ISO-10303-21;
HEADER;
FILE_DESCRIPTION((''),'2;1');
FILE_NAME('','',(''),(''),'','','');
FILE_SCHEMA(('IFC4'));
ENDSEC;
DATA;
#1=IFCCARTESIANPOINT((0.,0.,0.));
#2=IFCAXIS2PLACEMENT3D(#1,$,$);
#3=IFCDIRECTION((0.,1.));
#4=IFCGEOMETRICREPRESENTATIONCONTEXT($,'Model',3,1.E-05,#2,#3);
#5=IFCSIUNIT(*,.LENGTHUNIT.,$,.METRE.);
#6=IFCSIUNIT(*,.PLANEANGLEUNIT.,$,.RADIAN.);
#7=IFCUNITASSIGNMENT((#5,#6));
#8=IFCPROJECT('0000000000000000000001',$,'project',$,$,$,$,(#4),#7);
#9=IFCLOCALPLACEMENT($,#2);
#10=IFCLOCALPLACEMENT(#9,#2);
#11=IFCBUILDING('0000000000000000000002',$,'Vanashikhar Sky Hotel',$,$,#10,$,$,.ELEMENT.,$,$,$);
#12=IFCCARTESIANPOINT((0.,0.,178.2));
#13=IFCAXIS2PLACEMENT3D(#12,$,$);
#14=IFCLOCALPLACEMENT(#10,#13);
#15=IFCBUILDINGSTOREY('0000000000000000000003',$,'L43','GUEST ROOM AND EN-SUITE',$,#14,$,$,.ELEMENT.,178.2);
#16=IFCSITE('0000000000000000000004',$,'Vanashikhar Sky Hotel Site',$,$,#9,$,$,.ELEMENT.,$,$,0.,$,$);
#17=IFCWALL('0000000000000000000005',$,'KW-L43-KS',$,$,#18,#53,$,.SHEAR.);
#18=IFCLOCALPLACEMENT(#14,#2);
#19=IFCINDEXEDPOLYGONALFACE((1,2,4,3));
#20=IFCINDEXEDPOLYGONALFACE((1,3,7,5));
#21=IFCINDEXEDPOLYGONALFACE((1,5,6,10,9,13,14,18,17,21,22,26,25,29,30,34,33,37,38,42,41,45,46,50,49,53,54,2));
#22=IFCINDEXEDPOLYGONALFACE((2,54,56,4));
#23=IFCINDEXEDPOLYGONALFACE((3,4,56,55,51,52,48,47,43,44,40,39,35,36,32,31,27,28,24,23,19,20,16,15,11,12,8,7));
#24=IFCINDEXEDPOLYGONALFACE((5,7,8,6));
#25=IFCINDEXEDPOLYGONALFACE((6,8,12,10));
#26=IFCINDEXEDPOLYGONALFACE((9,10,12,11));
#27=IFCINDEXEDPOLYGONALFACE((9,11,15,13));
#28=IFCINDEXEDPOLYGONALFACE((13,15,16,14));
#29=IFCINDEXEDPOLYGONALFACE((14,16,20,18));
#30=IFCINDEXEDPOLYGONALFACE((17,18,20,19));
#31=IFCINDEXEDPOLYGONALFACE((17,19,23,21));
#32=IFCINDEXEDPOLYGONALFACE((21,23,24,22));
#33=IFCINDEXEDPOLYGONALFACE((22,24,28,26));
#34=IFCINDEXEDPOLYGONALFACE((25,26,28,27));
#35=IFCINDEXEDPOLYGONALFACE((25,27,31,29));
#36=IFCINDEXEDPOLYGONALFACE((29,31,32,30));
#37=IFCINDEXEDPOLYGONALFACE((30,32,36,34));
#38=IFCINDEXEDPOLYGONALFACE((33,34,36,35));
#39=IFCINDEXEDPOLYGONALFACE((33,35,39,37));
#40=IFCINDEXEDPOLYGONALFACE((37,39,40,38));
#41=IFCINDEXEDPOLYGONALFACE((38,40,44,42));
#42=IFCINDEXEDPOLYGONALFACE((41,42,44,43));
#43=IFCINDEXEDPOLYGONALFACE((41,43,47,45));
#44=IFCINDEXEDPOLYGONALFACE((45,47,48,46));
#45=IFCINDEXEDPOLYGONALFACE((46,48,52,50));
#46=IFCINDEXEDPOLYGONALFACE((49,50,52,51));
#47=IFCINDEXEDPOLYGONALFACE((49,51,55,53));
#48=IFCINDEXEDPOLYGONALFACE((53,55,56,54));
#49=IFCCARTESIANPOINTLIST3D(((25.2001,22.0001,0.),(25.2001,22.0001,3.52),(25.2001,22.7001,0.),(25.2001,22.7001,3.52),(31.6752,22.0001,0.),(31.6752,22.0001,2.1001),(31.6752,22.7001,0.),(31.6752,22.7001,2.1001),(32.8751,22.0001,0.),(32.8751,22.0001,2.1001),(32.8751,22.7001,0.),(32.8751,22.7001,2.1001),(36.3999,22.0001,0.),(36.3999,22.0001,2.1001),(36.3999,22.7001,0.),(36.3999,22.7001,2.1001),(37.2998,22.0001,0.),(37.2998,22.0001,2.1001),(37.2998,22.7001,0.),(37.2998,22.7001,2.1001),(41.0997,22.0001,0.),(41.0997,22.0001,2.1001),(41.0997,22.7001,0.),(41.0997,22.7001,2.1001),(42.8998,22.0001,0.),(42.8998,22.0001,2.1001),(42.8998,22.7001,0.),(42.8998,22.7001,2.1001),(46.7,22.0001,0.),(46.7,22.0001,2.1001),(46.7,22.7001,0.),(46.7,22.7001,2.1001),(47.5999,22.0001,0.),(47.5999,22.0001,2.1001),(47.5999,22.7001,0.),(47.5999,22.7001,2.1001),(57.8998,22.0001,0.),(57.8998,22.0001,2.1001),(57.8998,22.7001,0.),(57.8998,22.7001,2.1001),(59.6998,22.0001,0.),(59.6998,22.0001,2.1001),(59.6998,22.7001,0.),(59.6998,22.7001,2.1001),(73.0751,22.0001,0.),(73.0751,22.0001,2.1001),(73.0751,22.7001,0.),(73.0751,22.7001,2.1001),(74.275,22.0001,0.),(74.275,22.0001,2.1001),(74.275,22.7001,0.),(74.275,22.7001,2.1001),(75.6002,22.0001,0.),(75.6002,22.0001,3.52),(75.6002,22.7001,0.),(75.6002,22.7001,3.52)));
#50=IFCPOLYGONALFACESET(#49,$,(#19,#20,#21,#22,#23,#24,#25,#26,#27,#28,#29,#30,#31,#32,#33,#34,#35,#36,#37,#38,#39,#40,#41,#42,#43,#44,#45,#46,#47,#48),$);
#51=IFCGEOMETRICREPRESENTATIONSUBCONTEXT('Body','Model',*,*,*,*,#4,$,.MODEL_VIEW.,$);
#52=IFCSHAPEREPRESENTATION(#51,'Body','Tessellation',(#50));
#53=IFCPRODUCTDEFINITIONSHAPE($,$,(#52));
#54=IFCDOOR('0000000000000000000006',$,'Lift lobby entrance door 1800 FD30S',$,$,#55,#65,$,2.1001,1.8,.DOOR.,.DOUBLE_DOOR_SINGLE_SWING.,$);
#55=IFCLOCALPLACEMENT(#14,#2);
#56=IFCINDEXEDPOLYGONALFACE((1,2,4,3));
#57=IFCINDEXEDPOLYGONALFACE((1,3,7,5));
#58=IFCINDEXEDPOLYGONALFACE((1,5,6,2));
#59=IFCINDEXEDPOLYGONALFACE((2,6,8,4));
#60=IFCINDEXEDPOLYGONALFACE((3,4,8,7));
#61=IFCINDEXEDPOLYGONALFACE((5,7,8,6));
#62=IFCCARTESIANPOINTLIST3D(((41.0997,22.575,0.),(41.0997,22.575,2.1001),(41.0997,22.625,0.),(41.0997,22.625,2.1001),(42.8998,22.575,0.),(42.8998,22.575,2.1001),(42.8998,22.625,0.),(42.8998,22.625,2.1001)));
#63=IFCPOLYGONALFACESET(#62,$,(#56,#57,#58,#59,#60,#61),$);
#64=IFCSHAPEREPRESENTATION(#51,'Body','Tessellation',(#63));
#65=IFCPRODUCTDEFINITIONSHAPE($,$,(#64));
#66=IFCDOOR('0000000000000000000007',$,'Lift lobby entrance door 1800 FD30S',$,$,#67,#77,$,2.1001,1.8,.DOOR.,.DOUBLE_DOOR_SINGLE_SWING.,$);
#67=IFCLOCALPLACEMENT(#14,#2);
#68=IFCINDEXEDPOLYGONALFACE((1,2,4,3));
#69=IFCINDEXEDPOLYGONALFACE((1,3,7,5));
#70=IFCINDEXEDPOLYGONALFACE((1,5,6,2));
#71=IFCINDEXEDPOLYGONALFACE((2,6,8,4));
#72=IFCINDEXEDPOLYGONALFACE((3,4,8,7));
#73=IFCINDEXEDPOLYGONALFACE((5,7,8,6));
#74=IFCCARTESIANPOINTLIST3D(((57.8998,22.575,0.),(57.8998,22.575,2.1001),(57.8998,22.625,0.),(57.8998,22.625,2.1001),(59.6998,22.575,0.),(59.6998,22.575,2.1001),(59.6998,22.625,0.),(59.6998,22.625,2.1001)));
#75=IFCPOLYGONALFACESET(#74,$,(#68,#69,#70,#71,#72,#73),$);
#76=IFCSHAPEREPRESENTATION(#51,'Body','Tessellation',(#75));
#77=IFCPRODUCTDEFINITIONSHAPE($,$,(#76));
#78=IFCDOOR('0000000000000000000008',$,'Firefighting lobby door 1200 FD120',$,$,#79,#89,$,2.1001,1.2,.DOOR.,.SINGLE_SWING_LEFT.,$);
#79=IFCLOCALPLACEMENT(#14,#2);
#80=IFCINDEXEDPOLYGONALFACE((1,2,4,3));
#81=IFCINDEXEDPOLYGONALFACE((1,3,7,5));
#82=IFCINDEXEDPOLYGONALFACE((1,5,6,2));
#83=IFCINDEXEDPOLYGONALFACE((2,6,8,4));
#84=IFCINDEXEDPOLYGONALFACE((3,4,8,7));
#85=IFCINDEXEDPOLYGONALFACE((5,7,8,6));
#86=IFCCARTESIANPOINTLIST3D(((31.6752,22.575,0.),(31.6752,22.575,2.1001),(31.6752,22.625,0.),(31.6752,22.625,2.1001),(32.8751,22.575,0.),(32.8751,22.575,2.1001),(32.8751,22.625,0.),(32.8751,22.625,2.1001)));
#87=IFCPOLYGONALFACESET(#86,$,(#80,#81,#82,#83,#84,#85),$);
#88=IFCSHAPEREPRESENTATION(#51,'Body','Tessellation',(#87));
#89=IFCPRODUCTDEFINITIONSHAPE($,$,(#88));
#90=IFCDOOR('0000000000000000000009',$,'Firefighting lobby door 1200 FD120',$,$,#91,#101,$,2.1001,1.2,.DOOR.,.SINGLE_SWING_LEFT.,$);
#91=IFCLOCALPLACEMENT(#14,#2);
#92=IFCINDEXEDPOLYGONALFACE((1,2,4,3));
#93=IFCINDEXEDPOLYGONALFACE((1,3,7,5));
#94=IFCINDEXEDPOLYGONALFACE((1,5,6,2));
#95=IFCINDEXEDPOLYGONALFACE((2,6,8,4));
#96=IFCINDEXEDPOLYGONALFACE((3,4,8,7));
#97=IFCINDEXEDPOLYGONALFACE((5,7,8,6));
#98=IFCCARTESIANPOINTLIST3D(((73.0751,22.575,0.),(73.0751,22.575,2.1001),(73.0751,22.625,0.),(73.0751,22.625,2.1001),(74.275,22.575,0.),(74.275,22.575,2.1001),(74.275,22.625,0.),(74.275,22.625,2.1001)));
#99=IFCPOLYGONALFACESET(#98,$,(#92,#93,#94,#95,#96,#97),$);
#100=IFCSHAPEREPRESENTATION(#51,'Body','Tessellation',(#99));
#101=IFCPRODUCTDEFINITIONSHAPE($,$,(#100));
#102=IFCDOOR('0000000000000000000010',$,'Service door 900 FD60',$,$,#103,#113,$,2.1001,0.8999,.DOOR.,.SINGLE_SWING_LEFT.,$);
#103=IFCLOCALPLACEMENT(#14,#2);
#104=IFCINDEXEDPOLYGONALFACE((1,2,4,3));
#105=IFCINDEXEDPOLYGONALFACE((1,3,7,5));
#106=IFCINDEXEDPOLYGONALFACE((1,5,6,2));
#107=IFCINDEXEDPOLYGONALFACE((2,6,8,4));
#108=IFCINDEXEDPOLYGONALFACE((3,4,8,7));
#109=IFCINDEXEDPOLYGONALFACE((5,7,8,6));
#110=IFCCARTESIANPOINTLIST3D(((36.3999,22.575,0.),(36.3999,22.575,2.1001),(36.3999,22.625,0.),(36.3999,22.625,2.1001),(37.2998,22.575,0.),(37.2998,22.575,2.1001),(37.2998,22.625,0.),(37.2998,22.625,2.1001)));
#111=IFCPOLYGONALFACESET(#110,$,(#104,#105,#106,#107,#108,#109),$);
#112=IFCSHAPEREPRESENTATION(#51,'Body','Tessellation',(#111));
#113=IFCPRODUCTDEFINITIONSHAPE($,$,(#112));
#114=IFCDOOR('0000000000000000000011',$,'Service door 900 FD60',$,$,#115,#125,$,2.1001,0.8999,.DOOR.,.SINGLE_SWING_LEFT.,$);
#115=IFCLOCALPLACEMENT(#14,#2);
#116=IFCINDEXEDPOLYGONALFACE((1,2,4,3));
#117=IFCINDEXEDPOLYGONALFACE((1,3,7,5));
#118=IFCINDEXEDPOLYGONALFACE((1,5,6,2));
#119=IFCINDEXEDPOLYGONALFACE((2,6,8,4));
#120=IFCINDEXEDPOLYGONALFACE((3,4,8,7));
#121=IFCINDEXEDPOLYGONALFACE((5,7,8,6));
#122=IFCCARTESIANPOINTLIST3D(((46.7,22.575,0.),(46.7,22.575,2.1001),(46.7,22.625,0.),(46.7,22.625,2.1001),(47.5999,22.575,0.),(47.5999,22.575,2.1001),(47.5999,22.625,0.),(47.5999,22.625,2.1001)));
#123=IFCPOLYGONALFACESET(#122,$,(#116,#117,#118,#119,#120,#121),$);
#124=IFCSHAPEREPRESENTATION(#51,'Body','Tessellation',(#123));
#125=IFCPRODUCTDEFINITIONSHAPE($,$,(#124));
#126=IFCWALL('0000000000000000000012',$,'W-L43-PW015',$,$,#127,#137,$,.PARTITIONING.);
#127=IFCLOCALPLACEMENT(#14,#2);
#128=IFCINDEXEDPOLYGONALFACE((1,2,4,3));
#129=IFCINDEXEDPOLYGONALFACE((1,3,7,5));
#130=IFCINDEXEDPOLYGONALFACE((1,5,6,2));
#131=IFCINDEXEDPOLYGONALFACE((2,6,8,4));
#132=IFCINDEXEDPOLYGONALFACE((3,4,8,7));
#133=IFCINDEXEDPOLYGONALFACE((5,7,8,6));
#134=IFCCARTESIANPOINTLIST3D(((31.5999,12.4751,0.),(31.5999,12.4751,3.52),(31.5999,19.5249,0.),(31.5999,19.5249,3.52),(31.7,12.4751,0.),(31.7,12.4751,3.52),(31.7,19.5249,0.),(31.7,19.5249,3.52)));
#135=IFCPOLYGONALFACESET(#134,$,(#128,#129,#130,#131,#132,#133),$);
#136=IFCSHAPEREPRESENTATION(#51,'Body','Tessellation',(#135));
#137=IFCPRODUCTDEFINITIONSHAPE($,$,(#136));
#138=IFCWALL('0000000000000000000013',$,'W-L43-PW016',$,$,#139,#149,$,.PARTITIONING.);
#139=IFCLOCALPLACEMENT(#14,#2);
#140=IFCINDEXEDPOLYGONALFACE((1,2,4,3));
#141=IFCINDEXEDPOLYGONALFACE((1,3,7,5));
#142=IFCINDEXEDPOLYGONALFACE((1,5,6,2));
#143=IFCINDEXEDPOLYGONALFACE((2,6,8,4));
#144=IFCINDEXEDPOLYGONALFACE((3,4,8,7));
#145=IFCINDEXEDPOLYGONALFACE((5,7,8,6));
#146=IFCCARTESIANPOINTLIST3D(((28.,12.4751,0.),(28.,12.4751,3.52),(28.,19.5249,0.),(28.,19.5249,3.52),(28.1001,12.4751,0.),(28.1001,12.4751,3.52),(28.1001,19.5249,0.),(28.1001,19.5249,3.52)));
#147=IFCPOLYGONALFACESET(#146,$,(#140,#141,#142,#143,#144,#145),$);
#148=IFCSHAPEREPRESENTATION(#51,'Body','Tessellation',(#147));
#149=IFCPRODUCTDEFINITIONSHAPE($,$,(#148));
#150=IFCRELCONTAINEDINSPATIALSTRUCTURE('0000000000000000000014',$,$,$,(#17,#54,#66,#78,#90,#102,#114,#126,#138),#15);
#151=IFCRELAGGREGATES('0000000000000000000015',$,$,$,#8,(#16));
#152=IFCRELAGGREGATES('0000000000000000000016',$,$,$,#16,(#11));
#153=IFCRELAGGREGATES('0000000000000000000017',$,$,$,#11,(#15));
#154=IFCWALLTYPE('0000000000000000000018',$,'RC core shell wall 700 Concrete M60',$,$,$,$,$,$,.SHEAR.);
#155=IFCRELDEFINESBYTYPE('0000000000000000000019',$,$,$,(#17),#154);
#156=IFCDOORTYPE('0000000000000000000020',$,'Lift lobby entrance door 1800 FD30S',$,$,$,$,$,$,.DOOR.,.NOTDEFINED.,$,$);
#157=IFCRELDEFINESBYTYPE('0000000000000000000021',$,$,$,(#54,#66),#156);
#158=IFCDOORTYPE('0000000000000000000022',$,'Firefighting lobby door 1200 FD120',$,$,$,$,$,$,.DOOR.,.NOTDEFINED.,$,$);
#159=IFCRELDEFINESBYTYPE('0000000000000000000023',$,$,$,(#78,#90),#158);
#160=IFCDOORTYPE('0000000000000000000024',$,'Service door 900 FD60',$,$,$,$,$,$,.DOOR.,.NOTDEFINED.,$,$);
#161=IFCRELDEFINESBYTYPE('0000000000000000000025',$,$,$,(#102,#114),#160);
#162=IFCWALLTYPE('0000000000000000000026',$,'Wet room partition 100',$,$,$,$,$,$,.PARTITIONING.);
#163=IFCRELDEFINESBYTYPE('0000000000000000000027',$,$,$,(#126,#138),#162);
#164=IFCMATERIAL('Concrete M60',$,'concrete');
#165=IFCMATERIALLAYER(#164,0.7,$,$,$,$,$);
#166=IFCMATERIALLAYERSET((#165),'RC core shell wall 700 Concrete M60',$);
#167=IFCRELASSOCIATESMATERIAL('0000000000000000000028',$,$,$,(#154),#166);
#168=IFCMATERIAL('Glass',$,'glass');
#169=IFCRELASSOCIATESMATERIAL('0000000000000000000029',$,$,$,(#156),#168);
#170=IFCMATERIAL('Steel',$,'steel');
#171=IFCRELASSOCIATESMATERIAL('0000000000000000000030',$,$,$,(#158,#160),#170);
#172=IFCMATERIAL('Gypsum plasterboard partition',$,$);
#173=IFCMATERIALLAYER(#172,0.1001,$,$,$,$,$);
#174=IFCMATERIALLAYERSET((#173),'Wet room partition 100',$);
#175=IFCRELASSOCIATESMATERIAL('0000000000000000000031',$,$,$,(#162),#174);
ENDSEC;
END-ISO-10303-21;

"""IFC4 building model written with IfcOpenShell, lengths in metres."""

from ifc_helpers import new_model, si_unit, direction, frame, frame_2d, origin, place, context, subcontext, project, spatial, rectangle, extrude, source, transform, mapped, material, layer, layer_set, type_object, element, fill, save


model = new_model("IFC4")

# Units and contexts
model_context = context("Model", 3, precision=1e-05, world=origin(), true_north=direction((0.0, 1.0)))
body_context = subcontext(model_context, "Body", "Model", "MODEL_VIEW")
ifc_project = project(units=[si_unit("LENGTHUNIT", "METRE"), si_unit("PLANEANGLEUNIT", "RADIAN")], contexts=[model_context])

# Site, building, storey
site_placement = place(None, origin())
site = spatial("IfcSite", under=ifc_project, at=site_placement, Name="Vanashikhar Sky Hotel Site", CompositionType="ELEMENT", RefElevation=0.0)
building_placement = place(site_placement, origin())
building = spatial("IfcBuilding", under=site, at=building_placement, Name="Vanashikhar Sky Hotel", CompositionType="ELEMENT")
storey_placement = place(building_placement, frame((0.0, 0.0, 178.2)))
storey = spatial("IfcBuildingStorey", under=building, at=storey_placement, Name="L43", Description="GUEST ROOM AND EN-SUITE", CompositionType="ELEMENT", Elevation=178.2)

# Wall, openings, doors
ifc_material_1 = material(Name="Concrete M60", Category="concrete")
ifc_layer_1 = layer(ifc_material_1, 0.7)
ifc_layer_set_1 = layer_set([ifc_layer_1], Name="RC core shell wall 700 Concrete M60")
wall_type_1 = type_object("IfcWallType", Name="RC core shell wall 700 Concrete M60", PredefinedType="SHEAR", material=ifc_layer_set_1)
shared_shape_1 = source(origin(), body_context, "Body", "SweptSolid", [
    extrude(rectangle(XDim=50.4001, YDim=0.7, at=frame_2d((25.2002, 0.0))), origin(), (0.0, 0.0, 1.0), 3.52),
])
wall_1_placement = place(storey_placement, frame((25.2, 22.3501, 0.0), z_axis=(0.0, 0.0, 1.0), x_axis=(1.0, 0.0, 0.0)))
wall_1 = element("IfcWall", 1, at=wall_1_placement, inside=storey, type_object=wall_type_1, Name="KW-L43-KS", PredefinedType="SHEAR", context=body_context, shape_type="MappedRepresentation", body=[
    mapped(shared_shape_1, transform((0.0, 0.0, 0.0), scale=1.0)),
])
shared_shape_2 = source(origin(), body_context, "Body", "SweptSolid", [
    extrude(rectangle(XDim=1.8, YDim=2.1001, at=frame_2d((0.8999, 1.05))), frame((0.0, 0.3599, 0.0), z_axis=(0.0, -1.0, 0.0), x_axis=(1.0, 0.0, 0.0)), (0.0, 0.0, 1.0), 0.72),
])
opening_1_placement = place(wall_1_placement, frame((15.8999, 0.0, 0.0)))
opening_1 = element("IfcOpeningElement", 2, at=opening_1_placement, cuts=wall_1, PredefinedType="OPENING", context=body_context, shape_type="MappedRepresentation", body=[
    mapped(shared_shape_2, transform((0.0, 0.0, 0.0), scale=1.0)),
])
shared_shape_3 = source(origin(), body_context, "Body", "SweptSolid", [
    extrude(rectangle(XDim=0.8999, YDim=2.1001, at=frame_2d((0.45, 1.05))), frame((0.0, 0.3599, 0.0), z_axis=(0.0, -1.0, 0.0), x_axis=(1.0, 0.0, 0.0)), (0.0, 0.0, 1.0), 0.72),
])
opening_2_placement = place(wall_1_placement, frame((11.2, 0.0, 0.0)))
opening_2 = element("IfcOpeningElement", 3, at=opening_2_placement, cuts=wall_1, PredefinedType="OPENING", context=body_context, shape_type="MappedRepresentation", body=[
    mapped(shared_shape_3, transform((0.0, 0.0, 0.0), scale=1.0)),
])
opening_3_placement = place(wall_1_placement, frame((21.5, 0.0, 0.0)))
opening_3 = element("IfcOpeningElement", 4, at=opening_3_placement, cuts=wall_1, PredefinedType="OPENING", context=body_context, shape_type="MappedRepresentation", body=[
    mapped(shared_shape_3, transform((0.0, 0.0, 0.0), scale=1.0)),
])
opening_4_placement = place(wall_1_placement, frame((32.7, 0.0, 0.0)))
opening_4 = element("IfcOpeningElement", 5, at=opening_4_placement, cuts=wall_1, PredefinedType="OPENING", context=body_context, shape_type="MappedRepresentation", body=[
    mapped(shared_shape_2, transform((0.0, 0.0, 0.0), scale=1.0)),
])
shared_shape_4 = source(origin(), body_context, "Body", "SweptSolid", [
    extrude(rectangle(XDim=1.2, YDim=2.1001, at=frame_2d((0.6001, 1.05))), frame((0.0, 0.3599, 0.0), z_axis=(0.0, -1.0, 0.0), x_axis=(1.0, 0.0, 0.0)), (0.0, 0.0, 1.0), 0.72),
])
opening_5_placement = place(wall_1_placement, frame((6.4751, 0.0, 0.0)))
opening_5 = element("IfcOpeningElement", 6, at=opening_5_placement, cuts=wall_1, PredefinedType="OPENING", context=body_context, shape_type="MappedRepresentation", body=[
    mapped(shared_shape_4, transform((0.0, 0.0, 0.0), scale=1.0)),
])
opening_6_placement = place(wall_1_placement, frame((47.875, 0.0, 0.0)))
opening_6 = element("IfcOpeningElement", 7, at=opening_6_placement, cuts=wall_1, PredefinedType="OPENING", context=body_context, shape_type="MappedRepresentation", body=[
    mapped(shared_shape_4, transform((0.0, 0.0, 0.0), scale=1.0)),
])
ifc_material_2 = material(Name="Glass", Category="glass")
door_type_1 = type_object("IfcDoorType", Name="Lift lobby entrance door 1800 FD30S", OperationType="NOTDEFINED", PredefinedType="DOOR", material=ifc_material_2)
shared_shape_5 = source(origin(), body_context, "Body", "SweptSolid", [
    extrude(rectangle(XDim=1.8, YDim=2.1001, at=frame_2d((0.8999, 1.05))), frame((0.0, 0.2749, 0.0), z_axis=(0.0, -1.0, 0.0), x_axis=(1.0, 0.0, 0.0)), (0.0, 0.0, 1.0), 0.05),
])
door_1_placement = place(opening_1_placement, origin())
door_1 = element("IfcDoor", 8, at=door_1_placement, inside=storey, type_object=door_type_1, Name="Lift lobby entrance door 1800 FD30S", OperationType="DOUBLE_DOOR_SINGLE_SWING", OverallHeight=2.1001, OverallWidth=1.8, PredefinedType="DOOR", context=body_context, shape_type="MappedRepresentation", body=[
    mapped(shared_shape_5, transform((0.0, 0.0, 0.0), scale=1.0)),
])
fill(opening_1, door_1)
door_2_placement = place(opening_4_placement, origin())
door_2 = element("IfcDoor", 9, at=door_2_placement, inside=storey, type_object=door_type_1, Name="Lift lobby entrance door 1800 FD30S", OperationType="DOUBLE_DOOR_SINGLE_SWING", OverallHeight=2.1001, OverallWidth=1.8, PredefinedType="DOOR", context=body_context, shape_type="MappedRepresentation", body=[
    mapped(shared_shape_5, transform((0.0, 0.0, 0.0), scale=1.0)),
])
fill(opening_4, door_2)
ifc_material_3 = material(Name="Steel", Category="steel")
door_type_2 = type_object("IfcDoorType", Name="Firefighting lobby door 1200 FD120", OperationType="NOTDEFINED", PredefinedType="DOOR", material=ifc_material_3)
shared_shape_6 = source(origin(), body_context, "Body", "SweptSolid", [
    extrude(rectangle(XDim=1.2, YDim=2.1001, at=frame_2d((0.6001, 1.05))), frame((0.0, 0.2749, 0.0), z_axis=(0.0, -1.0, 0.0), x_axis=(1.0, 0.0, 0.0)), (0.0, 0.0, 1.0), 0.05),
])
door_3_placement = place(opening_5_placement, origin())
door_3 = element("IfcDoor", 10, at=door_3_placement, inside=storey, type_object=door_type_2, Name="Firefighting lobby door 1200 FD120", OperationType="SINGLE_SWING_LEFT", OverallHeight=2.1001, OverallWidth=1.2, PredefinedType="DOOR", context=body_context, shape_type="MappedRepresentation", body=[
    mapped(shared_shape_6, transform((0.0, 0.0, 0.0), scale=1.0)),
])
fill(opening_5, door_3)
door_4_placement = place(opening_6_placement, origin())
door_4 = element("IfcDoor", 11, at=door_4_placement, inside=storey, type_object=door_type_2, Name="Firefighting lobby door 1200 FD120", OperationType="SINGLE_SWING_LEFT", OverallHeight=2.1001, OverallWidth=1.2, PredefinedType="DOOR", context=body_context, shape_type="MappedRepresentation", body=[
    mapped(shared_shape_6, transform((0.0, 0.0, 0.0), scale=1.0)),
])
fill(opening_6, door_4)
door_type_3 = type_object("IfcDoorType", Name="Service door 900 FD60", OperationType="NOTDEFINED", PredefinedType="DOOR", material=ifc_material_3)
shared_shape_7 = source(origin(), body_context, "Body", "SweptSolid", [
    extrude(rectangle(XDim=0.8999, YDim=2.1001, at=frame_2d((0.45, 1.05))), frame((0.0, 0.2749, 0.0), z_axis=(0.0, -1.0, 0.0), x_axis=(1.0, 0.0, 0.0)), (0.0, 0.0, 1.0), 0.05),
])
door_5_placement = place(opening_2_placement, origin())
door_5 = element("IfcDoor", 12, at=door_5_placement, inside=storey, type_object=door_type_3, Name="Service door 900 FD60", OperationType="SINGLE_SWING_LEFT", OverallHeight=2.1001, OverallWidth=0.8999, PredefinedType="DOOR", context=body_context, shape_type="MappedRepresentation", body=[
    mapped(shared_shape_7, transform((0.0, 0.0, 0.0), scale=1.0)),
])
fill(opening_2, door_5)
door_6_placement = place(opening_3_placement, origin())
door_6 = element("IfcDoor", 13, at=door_6_placement, inside=storey, type_object=door_type_3, Name="Service door 900 FD60", OperationType="SINGLE_SWING_LEFT", OverallHeight=2.1001, OverallWidth=0.8999, PredefinedType="DOOR", context=body_context, shape_type="MappedRepresentation", body=[
    mapped(shared_shape_7, transform((0.0, 0.0, 0.0), scale=1.0)),
])
fill(opening_3, door_6)

# Walls
ifc_material_4 = material(Name="Gypsum plasterboard partition")
ifc_layer_2 = layer(ifc_material_4, 0.1001)
ifc_layer_set_2 = layer_set([ifc_layer_2], Name="Wet room partition 100")
wall_type_2 = type_object("IfcWallType", Name="Wet room partition 100", PredefinedType="PARTITIONING", material=ifc_layer_set_2)
shared_shape_8 = source(origin(), body_context, "Body", "SweptSolid", [
    extrude(rectangle(XDim=7.0498, YDim=0.1001, at=frame_2d((3.5249, 0.0))), origin(), (0.0, 0.0, 1.0), 3.52),
])
for number, where, z_axis, x_axis, name in (
    (14, (31.6499, 12.4751, 0.0), (0.0, 0.0, 1.0), (0.0, 1.0, 0.0), "W-L43-PW015"),
    (15, (28.05, 12.4751, 0.0), (0.0, 0.0, 1.0), (0.0, 1.0, 0.0), "W-L43-PW016"),
):
    element("IfcWall", number, at=place(storey_placement, frame(where, z_axis=z_axis, x_axis=x_axis)), inside=storey, type_object=wall_type_2, Name=name, PredefinedType="PARTITIONING", context=body_context, shape_type="MappedRepresentation", body=[
        mapped(shared_shape_8, transform((0.0, 0.0, 0.0), scale=1.0)),
    ])

save(model, "model.ifc")
